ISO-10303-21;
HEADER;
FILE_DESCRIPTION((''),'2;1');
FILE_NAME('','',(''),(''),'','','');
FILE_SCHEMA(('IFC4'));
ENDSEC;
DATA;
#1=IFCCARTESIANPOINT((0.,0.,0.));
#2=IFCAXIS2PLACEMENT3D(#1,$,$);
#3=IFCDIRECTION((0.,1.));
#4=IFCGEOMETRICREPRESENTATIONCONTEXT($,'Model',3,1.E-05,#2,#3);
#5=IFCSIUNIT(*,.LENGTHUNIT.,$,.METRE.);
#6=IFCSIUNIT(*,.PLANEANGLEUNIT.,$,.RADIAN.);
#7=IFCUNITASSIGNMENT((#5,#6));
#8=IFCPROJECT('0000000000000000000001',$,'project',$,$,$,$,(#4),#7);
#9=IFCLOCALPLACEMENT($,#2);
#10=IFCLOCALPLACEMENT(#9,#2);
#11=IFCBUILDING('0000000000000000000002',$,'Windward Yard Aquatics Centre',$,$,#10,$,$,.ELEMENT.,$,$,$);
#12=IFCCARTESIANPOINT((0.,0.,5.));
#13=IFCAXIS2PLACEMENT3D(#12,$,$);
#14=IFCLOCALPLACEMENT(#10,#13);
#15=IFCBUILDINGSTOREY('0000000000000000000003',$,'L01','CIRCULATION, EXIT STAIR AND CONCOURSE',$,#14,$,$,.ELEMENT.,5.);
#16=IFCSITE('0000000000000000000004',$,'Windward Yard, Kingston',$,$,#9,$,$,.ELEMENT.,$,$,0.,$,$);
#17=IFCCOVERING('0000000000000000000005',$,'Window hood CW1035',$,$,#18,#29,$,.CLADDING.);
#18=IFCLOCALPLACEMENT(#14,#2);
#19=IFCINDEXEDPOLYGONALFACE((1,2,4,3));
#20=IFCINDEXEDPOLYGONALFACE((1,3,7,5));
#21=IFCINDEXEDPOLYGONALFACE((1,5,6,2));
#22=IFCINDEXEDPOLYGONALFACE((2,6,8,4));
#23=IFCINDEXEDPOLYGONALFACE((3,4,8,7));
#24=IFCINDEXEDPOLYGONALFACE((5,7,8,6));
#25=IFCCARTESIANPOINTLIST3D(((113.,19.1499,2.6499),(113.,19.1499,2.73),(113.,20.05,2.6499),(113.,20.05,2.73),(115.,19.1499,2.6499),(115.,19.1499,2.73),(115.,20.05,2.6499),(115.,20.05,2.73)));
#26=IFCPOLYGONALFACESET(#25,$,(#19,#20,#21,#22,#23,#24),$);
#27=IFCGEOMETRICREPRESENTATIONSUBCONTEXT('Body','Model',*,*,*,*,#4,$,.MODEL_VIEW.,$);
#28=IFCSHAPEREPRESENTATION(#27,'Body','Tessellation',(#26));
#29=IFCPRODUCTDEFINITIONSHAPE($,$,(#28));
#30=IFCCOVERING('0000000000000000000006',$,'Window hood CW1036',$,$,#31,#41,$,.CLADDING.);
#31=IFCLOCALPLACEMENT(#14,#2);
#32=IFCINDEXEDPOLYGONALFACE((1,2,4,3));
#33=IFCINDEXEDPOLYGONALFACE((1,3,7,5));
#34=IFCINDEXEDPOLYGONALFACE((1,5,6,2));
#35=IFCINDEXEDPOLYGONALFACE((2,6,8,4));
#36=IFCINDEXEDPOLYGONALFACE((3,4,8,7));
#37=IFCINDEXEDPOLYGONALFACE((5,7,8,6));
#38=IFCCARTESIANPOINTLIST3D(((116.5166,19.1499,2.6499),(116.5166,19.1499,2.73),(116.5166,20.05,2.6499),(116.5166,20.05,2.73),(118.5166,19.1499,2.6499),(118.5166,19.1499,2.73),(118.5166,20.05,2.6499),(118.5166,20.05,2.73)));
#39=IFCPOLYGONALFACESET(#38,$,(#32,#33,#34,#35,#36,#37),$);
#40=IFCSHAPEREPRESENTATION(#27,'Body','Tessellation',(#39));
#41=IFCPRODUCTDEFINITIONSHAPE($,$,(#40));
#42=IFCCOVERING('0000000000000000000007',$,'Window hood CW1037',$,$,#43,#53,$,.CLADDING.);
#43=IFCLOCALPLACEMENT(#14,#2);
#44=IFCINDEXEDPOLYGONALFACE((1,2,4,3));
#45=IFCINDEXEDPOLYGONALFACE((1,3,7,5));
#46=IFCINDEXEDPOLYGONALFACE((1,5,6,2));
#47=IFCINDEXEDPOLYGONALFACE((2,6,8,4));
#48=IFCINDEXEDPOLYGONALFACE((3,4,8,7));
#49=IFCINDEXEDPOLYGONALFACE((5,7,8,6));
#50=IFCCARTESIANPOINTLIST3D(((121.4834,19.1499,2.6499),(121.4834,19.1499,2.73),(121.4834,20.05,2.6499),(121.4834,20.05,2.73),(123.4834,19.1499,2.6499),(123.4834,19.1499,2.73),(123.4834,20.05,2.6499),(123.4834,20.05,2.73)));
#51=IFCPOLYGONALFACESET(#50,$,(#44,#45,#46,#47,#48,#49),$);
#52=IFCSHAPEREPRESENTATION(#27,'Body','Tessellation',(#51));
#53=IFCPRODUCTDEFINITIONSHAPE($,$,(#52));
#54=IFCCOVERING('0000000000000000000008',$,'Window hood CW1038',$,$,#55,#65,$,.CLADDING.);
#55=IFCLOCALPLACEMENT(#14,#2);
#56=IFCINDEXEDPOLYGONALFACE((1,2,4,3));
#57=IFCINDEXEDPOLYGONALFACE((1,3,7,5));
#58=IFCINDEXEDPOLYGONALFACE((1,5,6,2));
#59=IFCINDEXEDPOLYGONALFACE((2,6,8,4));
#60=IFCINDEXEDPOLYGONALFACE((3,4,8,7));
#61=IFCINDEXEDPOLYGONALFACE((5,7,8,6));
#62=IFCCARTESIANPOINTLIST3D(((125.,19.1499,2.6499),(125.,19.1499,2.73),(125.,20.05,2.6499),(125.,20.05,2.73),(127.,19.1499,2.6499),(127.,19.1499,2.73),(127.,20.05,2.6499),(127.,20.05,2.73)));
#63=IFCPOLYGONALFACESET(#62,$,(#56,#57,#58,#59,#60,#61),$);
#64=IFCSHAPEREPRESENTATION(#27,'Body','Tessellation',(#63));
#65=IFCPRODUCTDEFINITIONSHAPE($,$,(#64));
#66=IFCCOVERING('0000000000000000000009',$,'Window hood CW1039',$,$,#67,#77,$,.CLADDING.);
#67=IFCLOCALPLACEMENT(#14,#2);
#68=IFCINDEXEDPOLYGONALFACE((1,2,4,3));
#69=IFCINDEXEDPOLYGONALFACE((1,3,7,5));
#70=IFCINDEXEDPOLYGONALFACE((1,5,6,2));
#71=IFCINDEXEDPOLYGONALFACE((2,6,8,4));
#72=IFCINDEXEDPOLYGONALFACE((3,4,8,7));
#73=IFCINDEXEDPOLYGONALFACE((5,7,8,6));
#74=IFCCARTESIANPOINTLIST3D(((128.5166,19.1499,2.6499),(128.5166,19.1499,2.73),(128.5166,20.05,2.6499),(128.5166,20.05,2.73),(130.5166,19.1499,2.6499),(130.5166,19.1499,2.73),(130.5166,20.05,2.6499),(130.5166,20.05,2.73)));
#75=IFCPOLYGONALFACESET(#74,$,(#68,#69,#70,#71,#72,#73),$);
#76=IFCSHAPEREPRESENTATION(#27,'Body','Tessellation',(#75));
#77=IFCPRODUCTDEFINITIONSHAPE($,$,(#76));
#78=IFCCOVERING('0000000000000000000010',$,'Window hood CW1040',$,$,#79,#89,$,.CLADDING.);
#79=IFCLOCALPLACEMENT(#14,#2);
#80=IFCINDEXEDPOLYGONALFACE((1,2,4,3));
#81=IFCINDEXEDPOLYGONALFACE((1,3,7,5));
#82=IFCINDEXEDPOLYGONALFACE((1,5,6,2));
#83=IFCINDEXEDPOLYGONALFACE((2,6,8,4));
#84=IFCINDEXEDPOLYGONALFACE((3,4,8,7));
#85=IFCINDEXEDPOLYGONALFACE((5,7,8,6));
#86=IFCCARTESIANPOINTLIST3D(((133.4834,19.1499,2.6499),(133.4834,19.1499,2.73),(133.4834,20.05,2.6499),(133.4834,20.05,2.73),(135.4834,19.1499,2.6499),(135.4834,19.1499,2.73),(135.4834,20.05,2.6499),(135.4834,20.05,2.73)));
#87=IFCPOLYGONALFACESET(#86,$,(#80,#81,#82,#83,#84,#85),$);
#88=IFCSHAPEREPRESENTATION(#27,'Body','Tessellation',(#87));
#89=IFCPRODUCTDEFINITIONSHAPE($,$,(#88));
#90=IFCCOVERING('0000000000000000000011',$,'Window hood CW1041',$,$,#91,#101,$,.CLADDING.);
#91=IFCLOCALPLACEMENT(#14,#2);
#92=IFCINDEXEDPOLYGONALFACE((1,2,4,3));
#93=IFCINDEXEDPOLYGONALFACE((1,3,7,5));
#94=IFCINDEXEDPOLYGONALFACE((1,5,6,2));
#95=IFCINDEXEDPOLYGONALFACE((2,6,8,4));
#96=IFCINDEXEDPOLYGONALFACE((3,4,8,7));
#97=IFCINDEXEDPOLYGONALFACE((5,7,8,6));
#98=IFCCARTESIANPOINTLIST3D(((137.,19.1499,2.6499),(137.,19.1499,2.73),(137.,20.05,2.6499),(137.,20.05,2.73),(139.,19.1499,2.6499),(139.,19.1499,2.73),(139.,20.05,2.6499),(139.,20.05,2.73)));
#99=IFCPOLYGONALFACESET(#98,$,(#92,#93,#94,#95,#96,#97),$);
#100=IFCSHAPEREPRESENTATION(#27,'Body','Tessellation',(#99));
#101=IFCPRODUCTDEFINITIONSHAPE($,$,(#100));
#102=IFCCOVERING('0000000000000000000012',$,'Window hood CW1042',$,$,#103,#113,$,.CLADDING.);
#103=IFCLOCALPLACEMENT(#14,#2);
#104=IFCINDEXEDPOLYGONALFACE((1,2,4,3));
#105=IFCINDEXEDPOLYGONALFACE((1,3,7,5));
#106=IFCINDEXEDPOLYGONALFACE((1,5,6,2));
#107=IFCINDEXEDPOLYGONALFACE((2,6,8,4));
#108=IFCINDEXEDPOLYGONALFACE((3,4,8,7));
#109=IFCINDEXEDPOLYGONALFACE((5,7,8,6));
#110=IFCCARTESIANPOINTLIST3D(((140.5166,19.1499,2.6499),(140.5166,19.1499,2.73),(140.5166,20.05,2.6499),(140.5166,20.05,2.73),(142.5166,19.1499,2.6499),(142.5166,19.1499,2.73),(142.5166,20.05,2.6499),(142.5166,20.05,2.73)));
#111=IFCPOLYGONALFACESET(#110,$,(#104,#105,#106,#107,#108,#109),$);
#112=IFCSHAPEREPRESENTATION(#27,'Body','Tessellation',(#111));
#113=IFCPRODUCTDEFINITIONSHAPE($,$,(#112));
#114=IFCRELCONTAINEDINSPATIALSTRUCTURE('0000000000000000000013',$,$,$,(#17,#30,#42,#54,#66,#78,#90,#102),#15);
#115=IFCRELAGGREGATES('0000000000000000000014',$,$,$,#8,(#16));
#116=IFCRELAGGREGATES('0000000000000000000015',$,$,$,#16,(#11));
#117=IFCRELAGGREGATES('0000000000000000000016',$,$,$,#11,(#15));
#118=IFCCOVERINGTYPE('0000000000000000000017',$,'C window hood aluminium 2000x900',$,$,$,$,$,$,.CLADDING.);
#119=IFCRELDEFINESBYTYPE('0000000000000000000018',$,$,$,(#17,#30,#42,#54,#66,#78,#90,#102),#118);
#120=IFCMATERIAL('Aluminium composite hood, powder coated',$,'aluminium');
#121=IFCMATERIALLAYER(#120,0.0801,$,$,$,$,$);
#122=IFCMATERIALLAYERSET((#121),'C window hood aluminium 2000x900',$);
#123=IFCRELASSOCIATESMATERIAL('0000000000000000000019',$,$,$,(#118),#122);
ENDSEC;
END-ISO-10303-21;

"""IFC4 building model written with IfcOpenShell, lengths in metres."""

from ifc_helpers import new_model, si_unit, direction, frame, origin, place, context, subcontext, project, spatial, polyline, outline, extrude, material, layer, layer_set, type_object, element, save


model = new_model("IFC4")

# Units and contexts
model_context = context("Model", 3, precision=1e-05, world=origin(), true_north=direction((0.0, 1.0)))
body_context = subcontext(model_context, "Body", "Model", "MODEL_VIEW")
ifc_project = project(units=[si_unit("LENGTHUNIT", "METRE"), si_unit("PLANEANGLEUNIT", "RADIAN")], contexts=[model_context])

# Site, building, storey
site_placement = place(None, origin())
site = spatial("IfcSite", under=ifc_project, at=site_placement, Name="Windward Yard, Kingston", CompositionType="ELEMENT", RefElevation=0.0)
building_placement = place(site_placement, origin())
building = spatial("IfcBuilding", under=site, at=building_placement, Name="Windward Yard Aquatics Centre", CompositionType="ELEMENT")
storey_placement = place(building_placement, frame((0.0, 0.0, 5.0)))
storey = spatial("IfcBuildingStorey", under=building, at=storey_placement, Name="L01", Description="CIRCULATION, EXIT STAIR AND CONCOURSE", CompositionType="ELEMENT", Elevation=5.0)

# Coverings
ifc_material = material(Name="Aluminium composite hood, powder coated", Category="aluminium")
ifc_layer_1 = layer(ifc_material, 0.0801)
ifc_layer_set_1 = layer_set([ifc_layer_1], Name="C window hood aluminium 2000x900")
covering_type_1 = type_object("IfcCoveringType", Name="C window hood aluminium 2000x900", PredefinedType="CLADDING", material=ifc_layer_set_1)
covering_1_placement = place(storey_placement, frame((0.0, 0.0, 2.6499)))
element("IfcCovering", 1, at=covering_1_placement, inside=storey, type_object=covering_type_1, Name="Window hood CW1035", PredefinedType="CLADDING", context=body_context, shape_type="SweptSolid", body=[
    extrude(outline(polyline([(113.0, 19.1499), (115.0, 19.1499), (115.0, 20.05), (113.0, 20.05), (113.0, 19.1499)])), origin(), (0.0, 0.0, 1.0), 0.0801),
])
covering_2_placement = place(storey_placement, frame((0.0, 0.0, 2.6499)))
element("IfcCovering", 2, at=covering_2_placement, inside=storey, type_object=covering_type_1, Name="Window hood CW1036", PredefinedType="CLADDING", context=body_context, shape_type="SweptSolid", body=[
    extrude(outline(polyline([(116.5166, 19.1499), (118.5166, 19.1499), (118.5166, 20.05), (116.5166, 20.05), (116.5166, 19.1499)])), origin(), (0.0, 0.0, 1.0), 0.0801),
])
covering_3_placement = place(storey_placement, frame((0.0, 0.0, 2.6499)))
element("IfcCovering", 3, at=covering_3_placement, inside=storey, type_object=covering_type_1, Name="Window hood CW1037", PredefinedType="CLADDING", context=body_context, shape_type="SweptSolid", body=[
    extrude(outline(polyline([(121.4834, 19.1499), (123.4834, 19.1499), (123.4834, 20.05), (121.4834, 20.05), (121.4834, 19.1499)])), origin(), (0.0, 0.0, 1.0), 0.0801),
])
covering_4_placement = place(storey_placement, frame((0.0, 0.0, 2.6499)))
element("IfcCovering", 4, at=covering_4_placement, inside=storey, type_object=covering_type_1, Name="Window hood CW1038", PredefinedType="CLADDING", context=body_context, shape_type="SweptSolid", body=[
    extrude(outline(polyline([(125.0, 19.1499), (127.0, 19.1499), (127.0, 20.05), (125.0, 20.05), (125.0, 19.1499)])), origin(), (0.0, 0.0, 1.0), 0.0801),
])
covering_5_placement = place(storey_placement, frame((0.0, 0.0, 2.6499)))
element("IfcCovering", 5, at=covering_5_placement, inside=storey, type_object=covering_type_1, Name="Window hood CW1039", PredefinedType="CLADDING", context=body_context, shape_type="SweptSolid", body=[
    extrude(outline(polyline([(128.5166, 19.1499), (130.5166, 19.1499), (130.5166, 20.05), (128.5166, 20.05), (128.5166, 19.1499)])), origin(), (0.0, 0.0, 1.0), 0.0801),
])
covering_6_placement = place(storey_placement, frame((0.0, 0.0, 2.6499)))
element("IfcCovering", 6, at=covering_6_placement, inside=storey, type_object=covering_type_1, Name="Window hood CW1040", PredefinedType="CLADDING", context=body_context, shape_type="SweptSolid", body=[
    extrude(outline(polyline([(133.4834, 19.1499), (135.4834, 19.1499), (135.4834, 20.05), (133.4834, 20.05), (133.4834, 19.1499)])), origin(), (0.0, 0.0, 1.0), 0.0801),
])
covering_7_placement = place(storey_placement, frame((0.0, 0.0, 2.6499)))
element("IfcCovering", 7, at=covering_7_placement, inside=storey, type_object=covering_type_1, Name="Window hood CW1041", PredefinedType="CLADDING", context=body_context, shape_type="SweptSolid", body=[
    extrude(outline(polyline([(137.0, 19.1499), (139.0, 19.1499), (139.0, 20.05), (137.0, 20.05), (137.0, 19.1499)])), origin(), (0.0, 0.0, 1.0), 0.0801),
])
covering_8_placement = place(storey_placement, frame((0.0, 0.0, 2.6499)))
element("IfcCovering", 8, at=covering_8_placement, inside=storey, type_object=covering_type_1, Name="Window hood CW1042", PredefinedType="CLADDING", context=body_context, shape_type="SweptSolid", body=[
    extrude(outline(polyline([(140.5166, 19.1499), (142.5166, 19.1499), (142.5166, 20.05), (140.5166, 20.05), (140.5166, 19.1499)])), origin(), (0.0, 0.0, 1.0), 0.0801),
])

save(model, "model.ifc")
